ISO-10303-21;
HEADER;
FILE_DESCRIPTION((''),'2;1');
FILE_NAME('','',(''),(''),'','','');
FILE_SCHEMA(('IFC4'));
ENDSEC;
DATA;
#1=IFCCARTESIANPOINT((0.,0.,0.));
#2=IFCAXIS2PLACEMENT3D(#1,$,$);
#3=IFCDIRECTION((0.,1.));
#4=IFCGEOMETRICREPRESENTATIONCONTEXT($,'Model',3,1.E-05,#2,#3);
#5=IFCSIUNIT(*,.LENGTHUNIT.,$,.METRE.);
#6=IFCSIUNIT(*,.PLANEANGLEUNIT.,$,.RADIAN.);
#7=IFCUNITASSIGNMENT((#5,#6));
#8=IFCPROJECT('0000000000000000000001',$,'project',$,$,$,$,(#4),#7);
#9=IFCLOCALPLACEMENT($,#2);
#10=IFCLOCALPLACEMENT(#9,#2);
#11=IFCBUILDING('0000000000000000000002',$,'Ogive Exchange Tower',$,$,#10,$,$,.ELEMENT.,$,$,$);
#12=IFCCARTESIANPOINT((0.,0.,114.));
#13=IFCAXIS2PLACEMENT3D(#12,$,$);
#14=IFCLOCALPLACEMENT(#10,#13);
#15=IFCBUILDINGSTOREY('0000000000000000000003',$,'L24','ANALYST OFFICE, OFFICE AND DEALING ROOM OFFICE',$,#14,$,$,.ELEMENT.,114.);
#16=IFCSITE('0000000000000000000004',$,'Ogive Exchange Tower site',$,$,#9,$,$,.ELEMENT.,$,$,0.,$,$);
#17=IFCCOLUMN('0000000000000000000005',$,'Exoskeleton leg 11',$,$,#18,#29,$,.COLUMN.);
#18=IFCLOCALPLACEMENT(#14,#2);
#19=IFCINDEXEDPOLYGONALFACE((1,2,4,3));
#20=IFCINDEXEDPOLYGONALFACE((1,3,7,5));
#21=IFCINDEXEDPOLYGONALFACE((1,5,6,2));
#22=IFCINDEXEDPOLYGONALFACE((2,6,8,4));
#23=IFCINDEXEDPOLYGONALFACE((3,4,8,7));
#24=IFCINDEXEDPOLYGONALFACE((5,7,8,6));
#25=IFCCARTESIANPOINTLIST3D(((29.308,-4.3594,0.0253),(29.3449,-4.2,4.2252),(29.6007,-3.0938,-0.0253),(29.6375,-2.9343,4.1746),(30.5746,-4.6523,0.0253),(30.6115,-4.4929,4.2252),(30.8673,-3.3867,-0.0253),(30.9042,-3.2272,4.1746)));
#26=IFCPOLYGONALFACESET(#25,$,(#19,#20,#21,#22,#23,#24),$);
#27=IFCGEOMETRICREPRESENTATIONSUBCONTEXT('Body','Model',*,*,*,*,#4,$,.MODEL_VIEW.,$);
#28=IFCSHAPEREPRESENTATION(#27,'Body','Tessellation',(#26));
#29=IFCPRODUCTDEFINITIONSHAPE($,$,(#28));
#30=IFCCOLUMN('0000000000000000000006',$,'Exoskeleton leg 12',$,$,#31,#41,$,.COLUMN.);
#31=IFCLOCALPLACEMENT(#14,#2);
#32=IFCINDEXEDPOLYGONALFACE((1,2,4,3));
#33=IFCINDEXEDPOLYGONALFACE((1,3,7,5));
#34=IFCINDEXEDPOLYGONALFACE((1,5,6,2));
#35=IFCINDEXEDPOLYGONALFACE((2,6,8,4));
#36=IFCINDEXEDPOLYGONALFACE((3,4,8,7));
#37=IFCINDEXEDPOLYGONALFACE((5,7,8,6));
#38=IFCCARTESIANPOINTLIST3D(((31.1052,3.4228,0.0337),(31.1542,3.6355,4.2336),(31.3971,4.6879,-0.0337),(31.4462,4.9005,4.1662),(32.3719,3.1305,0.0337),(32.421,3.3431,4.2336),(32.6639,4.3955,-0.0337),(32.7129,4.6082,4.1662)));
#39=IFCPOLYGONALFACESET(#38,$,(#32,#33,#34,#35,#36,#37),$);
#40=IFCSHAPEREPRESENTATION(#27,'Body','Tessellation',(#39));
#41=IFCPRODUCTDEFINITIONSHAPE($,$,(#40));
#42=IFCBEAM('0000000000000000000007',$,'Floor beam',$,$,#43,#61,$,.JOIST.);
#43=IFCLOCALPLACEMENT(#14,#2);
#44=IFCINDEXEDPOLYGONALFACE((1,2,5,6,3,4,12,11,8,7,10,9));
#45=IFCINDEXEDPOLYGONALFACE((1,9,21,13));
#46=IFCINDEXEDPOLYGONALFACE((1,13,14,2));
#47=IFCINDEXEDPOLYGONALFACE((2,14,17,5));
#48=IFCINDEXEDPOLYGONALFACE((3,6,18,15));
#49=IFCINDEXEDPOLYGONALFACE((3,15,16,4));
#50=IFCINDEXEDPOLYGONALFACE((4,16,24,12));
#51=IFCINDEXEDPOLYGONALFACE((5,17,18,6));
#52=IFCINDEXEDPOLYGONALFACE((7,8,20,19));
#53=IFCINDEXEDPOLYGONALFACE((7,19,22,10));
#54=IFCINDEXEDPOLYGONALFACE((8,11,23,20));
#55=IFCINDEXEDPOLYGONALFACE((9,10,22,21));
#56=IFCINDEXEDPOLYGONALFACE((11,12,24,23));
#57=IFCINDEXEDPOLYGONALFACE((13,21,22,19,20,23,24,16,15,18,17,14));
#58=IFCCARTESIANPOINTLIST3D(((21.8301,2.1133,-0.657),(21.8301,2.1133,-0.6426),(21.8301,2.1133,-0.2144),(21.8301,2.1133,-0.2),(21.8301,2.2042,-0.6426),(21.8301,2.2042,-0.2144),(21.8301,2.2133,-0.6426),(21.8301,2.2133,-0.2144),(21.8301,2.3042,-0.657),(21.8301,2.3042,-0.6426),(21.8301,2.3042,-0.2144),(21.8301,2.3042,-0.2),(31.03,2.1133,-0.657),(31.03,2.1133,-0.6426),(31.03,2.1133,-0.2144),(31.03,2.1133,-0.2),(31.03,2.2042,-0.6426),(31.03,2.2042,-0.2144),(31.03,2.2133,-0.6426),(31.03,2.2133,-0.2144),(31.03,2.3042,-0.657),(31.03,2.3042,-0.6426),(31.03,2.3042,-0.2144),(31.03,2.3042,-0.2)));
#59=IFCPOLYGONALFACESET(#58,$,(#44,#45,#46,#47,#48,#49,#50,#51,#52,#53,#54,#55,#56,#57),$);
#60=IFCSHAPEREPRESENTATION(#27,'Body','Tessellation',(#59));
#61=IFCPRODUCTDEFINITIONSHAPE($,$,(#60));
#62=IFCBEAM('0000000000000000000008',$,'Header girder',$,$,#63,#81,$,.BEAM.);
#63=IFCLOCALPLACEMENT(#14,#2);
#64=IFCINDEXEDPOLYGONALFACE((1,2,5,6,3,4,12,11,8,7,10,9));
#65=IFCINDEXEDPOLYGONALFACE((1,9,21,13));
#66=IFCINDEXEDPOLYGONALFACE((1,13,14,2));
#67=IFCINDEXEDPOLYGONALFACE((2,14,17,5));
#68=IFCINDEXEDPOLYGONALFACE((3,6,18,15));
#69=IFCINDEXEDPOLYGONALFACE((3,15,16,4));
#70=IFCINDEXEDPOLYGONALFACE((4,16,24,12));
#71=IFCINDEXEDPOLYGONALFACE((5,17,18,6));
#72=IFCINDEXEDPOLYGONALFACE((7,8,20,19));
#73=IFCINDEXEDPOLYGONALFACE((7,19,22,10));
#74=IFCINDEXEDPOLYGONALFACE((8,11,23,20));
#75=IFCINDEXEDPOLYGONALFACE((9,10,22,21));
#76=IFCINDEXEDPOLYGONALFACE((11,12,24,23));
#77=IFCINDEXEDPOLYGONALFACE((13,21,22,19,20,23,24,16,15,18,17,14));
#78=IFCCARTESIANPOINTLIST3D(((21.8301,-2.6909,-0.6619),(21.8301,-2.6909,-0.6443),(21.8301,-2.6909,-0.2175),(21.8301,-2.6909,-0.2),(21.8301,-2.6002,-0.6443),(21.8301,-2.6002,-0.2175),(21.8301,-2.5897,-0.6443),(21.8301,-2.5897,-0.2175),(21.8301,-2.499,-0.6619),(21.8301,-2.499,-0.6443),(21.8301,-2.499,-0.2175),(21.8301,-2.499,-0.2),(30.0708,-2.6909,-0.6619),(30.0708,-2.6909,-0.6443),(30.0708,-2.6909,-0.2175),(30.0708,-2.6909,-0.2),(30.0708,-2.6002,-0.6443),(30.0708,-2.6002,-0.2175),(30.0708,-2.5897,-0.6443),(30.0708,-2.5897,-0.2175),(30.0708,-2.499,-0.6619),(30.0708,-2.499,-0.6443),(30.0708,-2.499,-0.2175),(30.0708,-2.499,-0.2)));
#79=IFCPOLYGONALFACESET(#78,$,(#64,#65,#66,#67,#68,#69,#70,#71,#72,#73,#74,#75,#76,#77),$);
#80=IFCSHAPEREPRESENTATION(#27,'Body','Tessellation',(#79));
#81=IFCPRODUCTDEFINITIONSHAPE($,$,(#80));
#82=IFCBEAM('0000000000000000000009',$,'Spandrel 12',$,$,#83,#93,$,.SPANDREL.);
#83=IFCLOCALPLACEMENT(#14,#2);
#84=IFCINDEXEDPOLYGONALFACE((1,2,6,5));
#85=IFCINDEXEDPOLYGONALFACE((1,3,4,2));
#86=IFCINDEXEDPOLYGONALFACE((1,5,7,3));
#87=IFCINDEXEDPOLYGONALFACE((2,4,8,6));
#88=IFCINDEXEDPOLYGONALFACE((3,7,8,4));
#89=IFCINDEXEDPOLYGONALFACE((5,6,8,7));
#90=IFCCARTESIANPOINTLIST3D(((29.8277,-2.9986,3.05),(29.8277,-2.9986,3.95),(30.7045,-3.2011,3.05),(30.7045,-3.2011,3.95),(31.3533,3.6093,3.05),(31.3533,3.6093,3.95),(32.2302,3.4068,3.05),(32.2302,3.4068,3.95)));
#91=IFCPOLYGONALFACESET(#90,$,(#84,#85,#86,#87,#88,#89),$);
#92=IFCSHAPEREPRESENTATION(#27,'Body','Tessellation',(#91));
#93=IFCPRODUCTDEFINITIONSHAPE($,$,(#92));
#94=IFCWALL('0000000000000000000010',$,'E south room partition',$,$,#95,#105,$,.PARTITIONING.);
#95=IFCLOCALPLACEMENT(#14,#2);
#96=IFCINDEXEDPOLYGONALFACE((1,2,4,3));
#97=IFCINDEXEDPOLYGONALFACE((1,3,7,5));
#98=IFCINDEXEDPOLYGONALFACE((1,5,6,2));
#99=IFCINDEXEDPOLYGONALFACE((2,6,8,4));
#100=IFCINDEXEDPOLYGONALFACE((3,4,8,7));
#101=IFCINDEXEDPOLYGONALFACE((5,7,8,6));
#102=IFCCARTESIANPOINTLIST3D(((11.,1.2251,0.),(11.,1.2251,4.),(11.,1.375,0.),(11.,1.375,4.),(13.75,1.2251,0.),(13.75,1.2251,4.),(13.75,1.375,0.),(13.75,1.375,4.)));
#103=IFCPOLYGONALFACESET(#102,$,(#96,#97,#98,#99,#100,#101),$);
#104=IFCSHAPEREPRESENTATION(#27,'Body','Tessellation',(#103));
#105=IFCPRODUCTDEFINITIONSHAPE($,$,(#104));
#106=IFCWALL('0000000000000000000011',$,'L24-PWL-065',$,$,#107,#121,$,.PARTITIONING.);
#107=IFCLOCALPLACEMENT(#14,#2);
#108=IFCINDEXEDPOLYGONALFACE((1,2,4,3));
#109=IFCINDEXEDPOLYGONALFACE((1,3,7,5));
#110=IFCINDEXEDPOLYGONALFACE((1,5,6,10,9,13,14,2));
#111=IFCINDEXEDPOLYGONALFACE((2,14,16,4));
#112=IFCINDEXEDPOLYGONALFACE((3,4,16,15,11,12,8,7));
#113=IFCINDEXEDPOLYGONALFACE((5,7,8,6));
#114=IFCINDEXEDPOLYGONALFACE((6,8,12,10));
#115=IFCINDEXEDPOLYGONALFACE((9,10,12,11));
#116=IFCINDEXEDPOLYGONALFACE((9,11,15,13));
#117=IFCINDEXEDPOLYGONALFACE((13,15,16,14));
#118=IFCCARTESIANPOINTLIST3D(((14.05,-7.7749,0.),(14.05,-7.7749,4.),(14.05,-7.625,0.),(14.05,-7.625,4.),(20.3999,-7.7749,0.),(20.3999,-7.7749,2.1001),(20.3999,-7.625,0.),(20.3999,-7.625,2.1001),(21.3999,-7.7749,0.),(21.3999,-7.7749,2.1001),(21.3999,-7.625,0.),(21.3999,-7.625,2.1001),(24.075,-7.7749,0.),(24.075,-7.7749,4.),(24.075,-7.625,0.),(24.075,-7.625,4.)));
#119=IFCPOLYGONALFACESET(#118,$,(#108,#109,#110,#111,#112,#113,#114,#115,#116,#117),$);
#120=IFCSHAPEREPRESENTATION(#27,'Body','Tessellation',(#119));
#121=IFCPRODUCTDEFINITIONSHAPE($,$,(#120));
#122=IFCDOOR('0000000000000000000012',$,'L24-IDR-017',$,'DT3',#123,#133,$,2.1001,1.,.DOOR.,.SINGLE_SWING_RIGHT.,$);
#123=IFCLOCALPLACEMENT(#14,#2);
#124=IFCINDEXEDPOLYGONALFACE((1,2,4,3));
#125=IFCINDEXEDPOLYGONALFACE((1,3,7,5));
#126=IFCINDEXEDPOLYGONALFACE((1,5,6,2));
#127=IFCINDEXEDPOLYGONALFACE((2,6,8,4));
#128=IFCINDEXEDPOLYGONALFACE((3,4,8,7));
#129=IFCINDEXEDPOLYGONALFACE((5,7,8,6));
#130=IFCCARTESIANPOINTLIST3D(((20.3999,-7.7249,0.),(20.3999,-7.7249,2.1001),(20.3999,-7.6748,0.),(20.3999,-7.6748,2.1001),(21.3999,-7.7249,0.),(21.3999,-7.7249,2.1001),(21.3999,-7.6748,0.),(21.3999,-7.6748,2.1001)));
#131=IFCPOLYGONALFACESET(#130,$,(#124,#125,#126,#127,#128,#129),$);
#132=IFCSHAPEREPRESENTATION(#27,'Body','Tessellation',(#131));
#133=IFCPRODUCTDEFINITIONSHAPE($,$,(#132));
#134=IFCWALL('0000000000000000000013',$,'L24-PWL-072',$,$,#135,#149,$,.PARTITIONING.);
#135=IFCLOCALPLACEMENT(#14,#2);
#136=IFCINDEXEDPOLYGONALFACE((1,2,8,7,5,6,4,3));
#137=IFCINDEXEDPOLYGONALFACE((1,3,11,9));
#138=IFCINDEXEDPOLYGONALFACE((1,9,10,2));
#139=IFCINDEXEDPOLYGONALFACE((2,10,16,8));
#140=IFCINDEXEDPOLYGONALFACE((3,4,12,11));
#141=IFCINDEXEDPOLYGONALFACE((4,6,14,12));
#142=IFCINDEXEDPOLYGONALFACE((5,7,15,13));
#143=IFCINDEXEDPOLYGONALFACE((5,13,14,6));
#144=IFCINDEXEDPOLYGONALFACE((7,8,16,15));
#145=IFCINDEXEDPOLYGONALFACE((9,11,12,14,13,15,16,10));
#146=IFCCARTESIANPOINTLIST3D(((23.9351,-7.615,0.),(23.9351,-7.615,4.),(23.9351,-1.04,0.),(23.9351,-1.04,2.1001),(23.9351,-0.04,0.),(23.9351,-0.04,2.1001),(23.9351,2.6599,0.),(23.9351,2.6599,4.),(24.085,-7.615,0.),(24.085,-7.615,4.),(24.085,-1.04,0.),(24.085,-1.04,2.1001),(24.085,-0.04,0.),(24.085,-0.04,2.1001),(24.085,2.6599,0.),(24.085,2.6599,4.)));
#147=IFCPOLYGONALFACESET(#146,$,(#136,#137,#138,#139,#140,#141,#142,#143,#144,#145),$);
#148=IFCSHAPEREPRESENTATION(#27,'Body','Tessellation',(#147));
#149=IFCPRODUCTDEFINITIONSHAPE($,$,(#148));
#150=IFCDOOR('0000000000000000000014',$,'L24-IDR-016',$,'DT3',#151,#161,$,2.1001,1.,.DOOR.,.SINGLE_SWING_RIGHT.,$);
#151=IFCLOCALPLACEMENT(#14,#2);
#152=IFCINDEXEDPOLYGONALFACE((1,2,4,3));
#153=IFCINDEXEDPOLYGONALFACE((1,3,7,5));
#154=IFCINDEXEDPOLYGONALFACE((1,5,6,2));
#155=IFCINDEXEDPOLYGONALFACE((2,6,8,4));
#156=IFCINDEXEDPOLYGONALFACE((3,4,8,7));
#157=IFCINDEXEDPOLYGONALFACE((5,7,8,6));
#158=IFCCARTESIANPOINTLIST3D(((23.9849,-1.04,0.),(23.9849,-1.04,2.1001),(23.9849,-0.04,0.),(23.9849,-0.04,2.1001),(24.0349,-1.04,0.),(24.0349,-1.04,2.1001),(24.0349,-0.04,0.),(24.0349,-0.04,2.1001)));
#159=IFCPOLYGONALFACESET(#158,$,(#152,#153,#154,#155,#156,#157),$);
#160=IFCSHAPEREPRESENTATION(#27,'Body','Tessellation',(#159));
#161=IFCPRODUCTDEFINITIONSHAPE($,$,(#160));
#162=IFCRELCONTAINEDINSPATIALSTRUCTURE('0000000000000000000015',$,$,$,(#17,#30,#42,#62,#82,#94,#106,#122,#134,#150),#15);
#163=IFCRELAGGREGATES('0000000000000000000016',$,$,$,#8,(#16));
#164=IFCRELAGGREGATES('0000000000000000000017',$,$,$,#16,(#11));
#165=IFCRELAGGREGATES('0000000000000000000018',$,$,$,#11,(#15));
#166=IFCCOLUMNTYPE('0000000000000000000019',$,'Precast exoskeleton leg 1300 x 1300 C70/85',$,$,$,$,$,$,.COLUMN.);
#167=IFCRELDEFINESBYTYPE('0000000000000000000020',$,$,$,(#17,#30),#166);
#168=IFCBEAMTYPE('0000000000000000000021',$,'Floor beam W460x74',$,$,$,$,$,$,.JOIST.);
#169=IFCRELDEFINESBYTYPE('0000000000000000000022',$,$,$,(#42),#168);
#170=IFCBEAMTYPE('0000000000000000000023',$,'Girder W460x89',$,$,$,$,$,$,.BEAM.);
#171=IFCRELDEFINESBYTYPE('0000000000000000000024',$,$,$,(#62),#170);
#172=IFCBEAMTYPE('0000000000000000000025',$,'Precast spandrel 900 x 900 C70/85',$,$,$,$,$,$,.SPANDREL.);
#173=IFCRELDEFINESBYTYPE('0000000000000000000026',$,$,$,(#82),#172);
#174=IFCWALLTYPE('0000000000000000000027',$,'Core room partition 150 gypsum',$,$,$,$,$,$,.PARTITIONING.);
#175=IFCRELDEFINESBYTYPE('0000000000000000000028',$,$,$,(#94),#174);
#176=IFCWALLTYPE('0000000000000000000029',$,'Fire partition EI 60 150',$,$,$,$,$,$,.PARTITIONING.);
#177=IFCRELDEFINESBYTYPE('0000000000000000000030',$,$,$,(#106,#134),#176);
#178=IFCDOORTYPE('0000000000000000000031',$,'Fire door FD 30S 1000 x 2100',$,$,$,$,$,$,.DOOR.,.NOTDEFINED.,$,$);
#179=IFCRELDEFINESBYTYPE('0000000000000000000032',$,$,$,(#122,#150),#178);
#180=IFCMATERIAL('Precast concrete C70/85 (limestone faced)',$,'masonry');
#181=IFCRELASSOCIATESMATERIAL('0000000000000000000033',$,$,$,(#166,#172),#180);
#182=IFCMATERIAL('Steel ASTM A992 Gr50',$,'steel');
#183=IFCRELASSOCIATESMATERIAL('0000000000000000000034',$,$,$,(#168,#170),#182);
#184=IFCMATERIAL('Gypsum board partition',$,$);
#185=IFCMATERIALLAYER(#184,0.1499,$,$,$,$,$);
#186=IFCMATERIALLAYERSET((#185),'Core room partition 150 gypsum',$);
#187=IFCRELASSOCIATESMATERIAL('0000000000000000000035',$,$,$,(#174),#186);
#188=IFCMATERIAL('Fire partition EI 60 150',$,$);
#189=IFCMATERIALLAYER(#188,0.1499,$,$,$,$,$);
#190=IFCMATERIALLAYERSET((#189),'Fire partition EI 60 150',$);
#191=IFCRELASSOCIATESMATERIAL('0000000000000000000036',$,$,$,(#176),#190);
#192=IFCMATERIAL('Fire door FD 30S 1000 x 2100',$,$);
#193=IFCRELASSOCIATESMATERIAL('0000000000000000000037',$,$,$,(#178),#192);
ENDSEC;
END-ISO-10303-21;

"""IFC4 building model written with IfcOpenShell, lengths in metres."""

from ifc_helpers import new_model, si_unit, direction, frame, frame_2d, origin, origin_2d, place, context, subcontext, project, spatial, rectangle, i_section, extrude, material, layer, layer_set, material_profile, profile_set, type_object, element, fill, save


model = new_model("IFC4")

# Units and contexts
model_context = context("Model", 3, precision=1e-05, world=origin(), true_north=direction((0.0, 1.0)))
body_context = subcontext(model_context, "Body", "Model", "MODEL_VIEW")
ifc_project = project(units=[si_unit("LENGTHUNIT", "METRE"), si_unit("PLANEANGLEUNIT", "RADIAN")], contexts=[model_context])

# Site, building, storey
site_placement = place(None, origin())
site = spatial("IfcSite", under=ifc_project, at=site_placement, Name="Ogive Exchange Tower site", CompositionType="ELEMENT", RefElevation=0.0)
building_placement = place(site_placement, origin())
building = spatial("IfcBuilding", under=site, at=building_placement, Name="Ogive Exchange Tower", CompositionType="ELEMENT")
storey_placement = place(building_placement, frame((0.0, 0.0, 114.0)))
storey = spatial("IfcBuildingStorey", under=building, at=storey_placement, Name="L24", Description="ANALYST OFFICE, OFFICE AND DEALING ROOM OFFICE", CompositionType="ELEMENT", Elevation=114.0)

# Columns
ifc_material_1 = material(Name="Precast concrete C70/85 (limestone faced)", Category="masonry")
ifc_material_profile_1 = material_profile(ifc_material_1, rectangle(XDim=1.3, YDim=1.3, at=origin_2d()), Name="1300 x 1300")
ifc_profile_set_1 = profile_set([ifc_material_profile_1], Name="Precast concrete C70/85 (limestone faced)")
column_type = type_object("IfcColumnType", Name="Precast exoskeleton leg 1300 x 1300 C70/85", PredefinedType="COLUMN", material=ifc_profile_set_1)
column_1_placement = place(storey_placement, frame((30.0876, -3.873, 0.0), z_axis=(0.008771, 0.03793, 0.999242), x_axis=(-0.974291, 0.225295, 0.0)))
element("IfcColumn", 1, at=column_1_placement, inside=storey, type_object=column_type, Name="Exoskeleton leg 11", PredefinedType="COLUMN", context=body_context, shape_type="SweptSolid", body=[
    extrude(rectangle(XDim=1.3, YDim=1.3, at=origin_2d()), origin(), (0.0, 0.0, 1.0), 4.2031),
])
column_2_placement = place(storey_placement, frame((31.8845, 3.9092, 0.0), z_axis=(0.011668, 0.050562, 0.998653), x_axis=(-0.974391, 0.22486, 0.0)))
element("IfcColumn", 2, at=column_2_placement, inside=storey, type_object=column_type, Name="Exoskeleton leg 12", PredefinedType="COLUMN", context=body_context, shape_type="SweptSolid", body=[
    extrude(rectangle(XDim=1.3, YDim=1.3, at=origin_2d()), origin(), (0.0, 0.0, 1.0), 4.2056),
])

# Beams
ifc_material_2 = material(Name="Steel ASTM A992 Gr50", Category="steel")
ifc_material_profile_2 = material_profile(ifc_material_2, i_section(OverallWidth=0.1909, OverallDepth=0.457, WebThickness=0.009, FlangeThickness=0.0144, at=origin_2d()), Name="W460x74")
ifc_profile_set_2 = profile_set([ifc_material_profile_2], Name="Steel ASTM A992 Gr50")
beam_type_1 = type_object("IfcBeamType", Name="Floor beam W460x74", PredefinedType="JOIST", material=ifc_profile_set_2)
beam_1_placement = place(storey_placement, frame((21.8301, 2.2087, -0.4285), z_axis=(1.0, 0.0, 0.0), x_axis=(0.0, 1.0, 0.0)))
element("IfcBeam", 3, at=beam_1_placement, inside=storey, type_object=beam_type_1, Name="Floor beam", PredefinedType="JOIST", context=body_context, shape_type="SweptSolid", body=[
    extrude(i_section(OverallWidth=0.1909, OverallDepth=0.457, WebThickness=0.009, FlangeThickness=0.0144, at=origin_2d()), origin(), (0.0, 0.0, 1.0), 9.2),
])
ifc_material_profile_3 = material_profile(ifc_material_2, i_section(OverallWidth=0.1919, OverallDepth=0.4619, WebThickness=0.0105, FlangeThickness=0.0176, at=origin_2d()), Name="W460x89")
ifc_profile_set_3 = profile_set([ifc_material_profile_3], Name="Steel ASTM A992 Gr50")
beam_type_2 = type_object("IfcBeamType", Name="Girder W460x89", PredefinedType="BEAM", material=ifc_profile_set_3)
beam_2_placement = place(storey_placement, frame((21.8301, -2.595, -0.4309), z_axis=(1.0, 0.0, 0.0), x_axis=(0.0, 1.0, 0.0)))
element("IfcBeam", 4, at=beam_2_placement, inside=storey, type_object=beam_type_2, Name="Header girder", PredefinedType="BEAM", context=body_context, shape_type="SweptSolid", body=[
    extrude(i_section(OverallWidth=0.1919, OverallDepth=0.4619, WebThickness=0.0105, FlangeThickness=0.0176, at=origin_2d()), origin(), (0.0, 0.0, 1.0), 8.2407),
])
ifc_material_profile_4 = material_profile(ifc_material_1, rectangle(XDim=0.8999, YDim=0.8999, at=origin_2d()), Name="900 x 900")
ifc_profile_set_4 = profile_set([ifc_material_profile_4], Name="Precast concrete C70/85 (limestone faced)")
beam_type_3 = type_object("IfcBeamType", Name="Precast spandrel 900 x 900 C70/85", PredefinedType="SPANDREL", material=ifc_profile_set_4)
beam_3_placement = place(storey_placement, frame((30.2661, -3.0999, 3.5), z_axis=(0.224962, 0.974368, 0.0), x_axis=(-0.974368, 0.224962, 0.0)))
element("IfcBeam", 5, at=beam_3_placement, inside=storey, type_object=beam_type_3, Name="Spandrel 12", PredefinedType="SPANDREL", context=body_context, shape_type="SweptSolid", body=[
    extrude(rectangle(XDim=0.8999, YDim=0.8999, at=origin_2d()), origin(), (0.0, 0.0, 1.0), 6.7817),
])

# Wall
ifc_material_3 = material(Name="Gypsum board partition")
ifc_layer_1 = layer(ifc_material_3, 0.1499)
ifc_layer_set_1 = layer_set([ifc_layer_1], Name="Core room partition 150 gypsum")
wall_type_1 = type_object("IfcWallType", Name="Core room partition 150 gypsum", PredefinedType="PARTITIONING", material=ifc_layer_set_1)
wall_1_placement = place(storey_placement, frame((11.0, 1.3, 0.0), z_axis=(0.0, 0.0, 1.0), x_axis=(1.0, 0.0, 0.0)))
element("IfcWall", 6, at=wall_1_placement, inside=storey, type_object=wall_type_1, Name="E south room partition", PredefinedType="PARTITIONING", context=body_context, shape_type="SweptSolid", body=[
    extrude(rectangle(XDim=2.75, YDim=0.1499, at=frame_2d((1.375, 0.0))), origin(), (0.0, 0.0, 1.0), 4.0),
])

# Walls, openings, doors
ifc_material_4 = material(Name="Fire partition EI 60 150")
ifc_layer_2 = layer(ifc_material_4, 0.1499)
ifc_layer_set_2 = layer_set([ifc_layer_2], Name="Fire partition EI 60 150")
wall_type_2 = type_object("IfcWallType", Name="Fire partition EI 60 150", PredefinedType="PARTITIONING", material=ifc_layer_set_2)
wall_2_placement = place(storey_placement, frame((24.075, -7.7, 0.0), z_axis=(0.0, 0.0, 1.0), x_axis=(-1.0, 0.0, 0.0)))
wall_2 = element("IfcWall", 7, at=wall_2_placement, inside=storey, type_object=wall_type_2, Name="L24-PWL-065", PredefinedType="PARTITIONING", context=body_context, shape_type="SweptSolid", body=[
    extrude(rectangle(XDim=10.0249, YDim=0.1499, at=frame_2d((5.0125, 0.0))), origin(), (0.0, 0.0, 1.0), 4.0),
])
opening_1_placement = place(wall_2_placement, frame((2.675, 0.0, 0.0)))
opening_1 = element("IfcOpeningElement", 8, at=opening_1_placement, cuts=wall_2, PredefinedType="OPENING", context=body_context, shape_type="SweptSolid", body=[
    extrude(rectangle(XDim=1.0, YDim=2.1001, at=frame_2d((0.5, 1.05))), frame((0.0, 0.085, 0.0), z_axis=(0.0, -1.0, 0.0), x_axis=(1.0, 0.0, 0.0)), (0.0, 0.0, 1.0), 0.1699),
])
ifc_material_5 = material(Name="Fire door FD 30S 1000 x 2100")
door_type_1 = type_object("IfcDoorType", Name="Fire door FD 30S 1000 x 2100", OperationType="NOTDEFINED", PredefinedType="DOOR", material=ifc_material_5)
door_1_placement = place(opening_1_placement, origin())
door_1 = element("IfcDoor", 9, at=door_1_placement, inside=storey, type_object=door_type_1, Name="L24-IDR-017", ObjectType="DT3", OperationType="SINGLE_SWING_RIGHT", OverallHeight=2.1001, OverallWidth=1.0, PredefinedType="DOOR", context=body_context, shape_type="SweptSolid", body=[
    extrude(rectangle(XDim=1.0, YDim=2.1001, at=frame_2d((0.5, 1.05))), frame((0.0, 0.0249, 0.0), z_axis=(0.0, -1.0, 0.0), x_axis=(1.0, 0.0, 0.0)), (0.0, 0.0, 1.0), 0.05),
])
fill(opening_1, door_1)
wall_3_placement = place(storey_placement, frame((24.01, 2.6599, 0.0), z_axis=(0.0, 0.0, 1.0), x_axis=(0.0, -1.0, 0.0)))
wall_3 = element("IfcWall", 10, at=wall_3_placement, inside=storey, type_object=wall_type_2, Name="L24-PWL-072", PredefinedType="PARTITIONING", context=body_context, shape_type="SweptSolid", body=[
    extrude(rectangle(XDim=10.2749, YDim=0.1499, at=frame_2d((5.1375, 0.0))), origin(), (0.0, 0.0, 1.0), 4.0),
])
opening_2_placement = place(wall_3_placement, frame((2.7, 0.0, 0.0)))
opening_2 = element("IfcOpeningElement", 11, at=opening_2_placement, cuts=wall_3, PredefinedType="OPENING", context=body_context, shape_type="SweptSolid", body=[
    extrude(rectangle(XDim=1.0, YDim=2.1001, at=frame_2d((0.5, 1.05))), frame((0.0, 0.085, 0.0), z_axis=(0.0, -1.0, 0.0), x_axis=(1.0, 0.0, 0.0)), (0.0, 0.0, 1.0), 0.1699),
])
door_2_placement = place(opening_2_placement, origin())
door_2 = element("IfcDoor", 12, at=door_2_placement, inside=storey, type_object=door_type_1, Name="L24-IDR-016", ObjectType="DT3", OperationType="SINGLE_SWING_RIGHT", OverallHeight=2.1001, OverallWidth=1.0, PredefinedType="DOOR", context=body_context, shape_type="SweptSolid", body=[
    extrude(rectangle(XDim=1.0, YDim=2.1001, at=frame_2d((0.5, 1.05))), frame((0.0, 0.0249, 0.0), z_axis=(0.0, -1.0, 0.0), x_axis=(1.0, 0.0, 0.0)), (0.0, 0.0, 1.0), 0.05),
])
fill(opening_2, door_2)

save(model, "model.ifc")
